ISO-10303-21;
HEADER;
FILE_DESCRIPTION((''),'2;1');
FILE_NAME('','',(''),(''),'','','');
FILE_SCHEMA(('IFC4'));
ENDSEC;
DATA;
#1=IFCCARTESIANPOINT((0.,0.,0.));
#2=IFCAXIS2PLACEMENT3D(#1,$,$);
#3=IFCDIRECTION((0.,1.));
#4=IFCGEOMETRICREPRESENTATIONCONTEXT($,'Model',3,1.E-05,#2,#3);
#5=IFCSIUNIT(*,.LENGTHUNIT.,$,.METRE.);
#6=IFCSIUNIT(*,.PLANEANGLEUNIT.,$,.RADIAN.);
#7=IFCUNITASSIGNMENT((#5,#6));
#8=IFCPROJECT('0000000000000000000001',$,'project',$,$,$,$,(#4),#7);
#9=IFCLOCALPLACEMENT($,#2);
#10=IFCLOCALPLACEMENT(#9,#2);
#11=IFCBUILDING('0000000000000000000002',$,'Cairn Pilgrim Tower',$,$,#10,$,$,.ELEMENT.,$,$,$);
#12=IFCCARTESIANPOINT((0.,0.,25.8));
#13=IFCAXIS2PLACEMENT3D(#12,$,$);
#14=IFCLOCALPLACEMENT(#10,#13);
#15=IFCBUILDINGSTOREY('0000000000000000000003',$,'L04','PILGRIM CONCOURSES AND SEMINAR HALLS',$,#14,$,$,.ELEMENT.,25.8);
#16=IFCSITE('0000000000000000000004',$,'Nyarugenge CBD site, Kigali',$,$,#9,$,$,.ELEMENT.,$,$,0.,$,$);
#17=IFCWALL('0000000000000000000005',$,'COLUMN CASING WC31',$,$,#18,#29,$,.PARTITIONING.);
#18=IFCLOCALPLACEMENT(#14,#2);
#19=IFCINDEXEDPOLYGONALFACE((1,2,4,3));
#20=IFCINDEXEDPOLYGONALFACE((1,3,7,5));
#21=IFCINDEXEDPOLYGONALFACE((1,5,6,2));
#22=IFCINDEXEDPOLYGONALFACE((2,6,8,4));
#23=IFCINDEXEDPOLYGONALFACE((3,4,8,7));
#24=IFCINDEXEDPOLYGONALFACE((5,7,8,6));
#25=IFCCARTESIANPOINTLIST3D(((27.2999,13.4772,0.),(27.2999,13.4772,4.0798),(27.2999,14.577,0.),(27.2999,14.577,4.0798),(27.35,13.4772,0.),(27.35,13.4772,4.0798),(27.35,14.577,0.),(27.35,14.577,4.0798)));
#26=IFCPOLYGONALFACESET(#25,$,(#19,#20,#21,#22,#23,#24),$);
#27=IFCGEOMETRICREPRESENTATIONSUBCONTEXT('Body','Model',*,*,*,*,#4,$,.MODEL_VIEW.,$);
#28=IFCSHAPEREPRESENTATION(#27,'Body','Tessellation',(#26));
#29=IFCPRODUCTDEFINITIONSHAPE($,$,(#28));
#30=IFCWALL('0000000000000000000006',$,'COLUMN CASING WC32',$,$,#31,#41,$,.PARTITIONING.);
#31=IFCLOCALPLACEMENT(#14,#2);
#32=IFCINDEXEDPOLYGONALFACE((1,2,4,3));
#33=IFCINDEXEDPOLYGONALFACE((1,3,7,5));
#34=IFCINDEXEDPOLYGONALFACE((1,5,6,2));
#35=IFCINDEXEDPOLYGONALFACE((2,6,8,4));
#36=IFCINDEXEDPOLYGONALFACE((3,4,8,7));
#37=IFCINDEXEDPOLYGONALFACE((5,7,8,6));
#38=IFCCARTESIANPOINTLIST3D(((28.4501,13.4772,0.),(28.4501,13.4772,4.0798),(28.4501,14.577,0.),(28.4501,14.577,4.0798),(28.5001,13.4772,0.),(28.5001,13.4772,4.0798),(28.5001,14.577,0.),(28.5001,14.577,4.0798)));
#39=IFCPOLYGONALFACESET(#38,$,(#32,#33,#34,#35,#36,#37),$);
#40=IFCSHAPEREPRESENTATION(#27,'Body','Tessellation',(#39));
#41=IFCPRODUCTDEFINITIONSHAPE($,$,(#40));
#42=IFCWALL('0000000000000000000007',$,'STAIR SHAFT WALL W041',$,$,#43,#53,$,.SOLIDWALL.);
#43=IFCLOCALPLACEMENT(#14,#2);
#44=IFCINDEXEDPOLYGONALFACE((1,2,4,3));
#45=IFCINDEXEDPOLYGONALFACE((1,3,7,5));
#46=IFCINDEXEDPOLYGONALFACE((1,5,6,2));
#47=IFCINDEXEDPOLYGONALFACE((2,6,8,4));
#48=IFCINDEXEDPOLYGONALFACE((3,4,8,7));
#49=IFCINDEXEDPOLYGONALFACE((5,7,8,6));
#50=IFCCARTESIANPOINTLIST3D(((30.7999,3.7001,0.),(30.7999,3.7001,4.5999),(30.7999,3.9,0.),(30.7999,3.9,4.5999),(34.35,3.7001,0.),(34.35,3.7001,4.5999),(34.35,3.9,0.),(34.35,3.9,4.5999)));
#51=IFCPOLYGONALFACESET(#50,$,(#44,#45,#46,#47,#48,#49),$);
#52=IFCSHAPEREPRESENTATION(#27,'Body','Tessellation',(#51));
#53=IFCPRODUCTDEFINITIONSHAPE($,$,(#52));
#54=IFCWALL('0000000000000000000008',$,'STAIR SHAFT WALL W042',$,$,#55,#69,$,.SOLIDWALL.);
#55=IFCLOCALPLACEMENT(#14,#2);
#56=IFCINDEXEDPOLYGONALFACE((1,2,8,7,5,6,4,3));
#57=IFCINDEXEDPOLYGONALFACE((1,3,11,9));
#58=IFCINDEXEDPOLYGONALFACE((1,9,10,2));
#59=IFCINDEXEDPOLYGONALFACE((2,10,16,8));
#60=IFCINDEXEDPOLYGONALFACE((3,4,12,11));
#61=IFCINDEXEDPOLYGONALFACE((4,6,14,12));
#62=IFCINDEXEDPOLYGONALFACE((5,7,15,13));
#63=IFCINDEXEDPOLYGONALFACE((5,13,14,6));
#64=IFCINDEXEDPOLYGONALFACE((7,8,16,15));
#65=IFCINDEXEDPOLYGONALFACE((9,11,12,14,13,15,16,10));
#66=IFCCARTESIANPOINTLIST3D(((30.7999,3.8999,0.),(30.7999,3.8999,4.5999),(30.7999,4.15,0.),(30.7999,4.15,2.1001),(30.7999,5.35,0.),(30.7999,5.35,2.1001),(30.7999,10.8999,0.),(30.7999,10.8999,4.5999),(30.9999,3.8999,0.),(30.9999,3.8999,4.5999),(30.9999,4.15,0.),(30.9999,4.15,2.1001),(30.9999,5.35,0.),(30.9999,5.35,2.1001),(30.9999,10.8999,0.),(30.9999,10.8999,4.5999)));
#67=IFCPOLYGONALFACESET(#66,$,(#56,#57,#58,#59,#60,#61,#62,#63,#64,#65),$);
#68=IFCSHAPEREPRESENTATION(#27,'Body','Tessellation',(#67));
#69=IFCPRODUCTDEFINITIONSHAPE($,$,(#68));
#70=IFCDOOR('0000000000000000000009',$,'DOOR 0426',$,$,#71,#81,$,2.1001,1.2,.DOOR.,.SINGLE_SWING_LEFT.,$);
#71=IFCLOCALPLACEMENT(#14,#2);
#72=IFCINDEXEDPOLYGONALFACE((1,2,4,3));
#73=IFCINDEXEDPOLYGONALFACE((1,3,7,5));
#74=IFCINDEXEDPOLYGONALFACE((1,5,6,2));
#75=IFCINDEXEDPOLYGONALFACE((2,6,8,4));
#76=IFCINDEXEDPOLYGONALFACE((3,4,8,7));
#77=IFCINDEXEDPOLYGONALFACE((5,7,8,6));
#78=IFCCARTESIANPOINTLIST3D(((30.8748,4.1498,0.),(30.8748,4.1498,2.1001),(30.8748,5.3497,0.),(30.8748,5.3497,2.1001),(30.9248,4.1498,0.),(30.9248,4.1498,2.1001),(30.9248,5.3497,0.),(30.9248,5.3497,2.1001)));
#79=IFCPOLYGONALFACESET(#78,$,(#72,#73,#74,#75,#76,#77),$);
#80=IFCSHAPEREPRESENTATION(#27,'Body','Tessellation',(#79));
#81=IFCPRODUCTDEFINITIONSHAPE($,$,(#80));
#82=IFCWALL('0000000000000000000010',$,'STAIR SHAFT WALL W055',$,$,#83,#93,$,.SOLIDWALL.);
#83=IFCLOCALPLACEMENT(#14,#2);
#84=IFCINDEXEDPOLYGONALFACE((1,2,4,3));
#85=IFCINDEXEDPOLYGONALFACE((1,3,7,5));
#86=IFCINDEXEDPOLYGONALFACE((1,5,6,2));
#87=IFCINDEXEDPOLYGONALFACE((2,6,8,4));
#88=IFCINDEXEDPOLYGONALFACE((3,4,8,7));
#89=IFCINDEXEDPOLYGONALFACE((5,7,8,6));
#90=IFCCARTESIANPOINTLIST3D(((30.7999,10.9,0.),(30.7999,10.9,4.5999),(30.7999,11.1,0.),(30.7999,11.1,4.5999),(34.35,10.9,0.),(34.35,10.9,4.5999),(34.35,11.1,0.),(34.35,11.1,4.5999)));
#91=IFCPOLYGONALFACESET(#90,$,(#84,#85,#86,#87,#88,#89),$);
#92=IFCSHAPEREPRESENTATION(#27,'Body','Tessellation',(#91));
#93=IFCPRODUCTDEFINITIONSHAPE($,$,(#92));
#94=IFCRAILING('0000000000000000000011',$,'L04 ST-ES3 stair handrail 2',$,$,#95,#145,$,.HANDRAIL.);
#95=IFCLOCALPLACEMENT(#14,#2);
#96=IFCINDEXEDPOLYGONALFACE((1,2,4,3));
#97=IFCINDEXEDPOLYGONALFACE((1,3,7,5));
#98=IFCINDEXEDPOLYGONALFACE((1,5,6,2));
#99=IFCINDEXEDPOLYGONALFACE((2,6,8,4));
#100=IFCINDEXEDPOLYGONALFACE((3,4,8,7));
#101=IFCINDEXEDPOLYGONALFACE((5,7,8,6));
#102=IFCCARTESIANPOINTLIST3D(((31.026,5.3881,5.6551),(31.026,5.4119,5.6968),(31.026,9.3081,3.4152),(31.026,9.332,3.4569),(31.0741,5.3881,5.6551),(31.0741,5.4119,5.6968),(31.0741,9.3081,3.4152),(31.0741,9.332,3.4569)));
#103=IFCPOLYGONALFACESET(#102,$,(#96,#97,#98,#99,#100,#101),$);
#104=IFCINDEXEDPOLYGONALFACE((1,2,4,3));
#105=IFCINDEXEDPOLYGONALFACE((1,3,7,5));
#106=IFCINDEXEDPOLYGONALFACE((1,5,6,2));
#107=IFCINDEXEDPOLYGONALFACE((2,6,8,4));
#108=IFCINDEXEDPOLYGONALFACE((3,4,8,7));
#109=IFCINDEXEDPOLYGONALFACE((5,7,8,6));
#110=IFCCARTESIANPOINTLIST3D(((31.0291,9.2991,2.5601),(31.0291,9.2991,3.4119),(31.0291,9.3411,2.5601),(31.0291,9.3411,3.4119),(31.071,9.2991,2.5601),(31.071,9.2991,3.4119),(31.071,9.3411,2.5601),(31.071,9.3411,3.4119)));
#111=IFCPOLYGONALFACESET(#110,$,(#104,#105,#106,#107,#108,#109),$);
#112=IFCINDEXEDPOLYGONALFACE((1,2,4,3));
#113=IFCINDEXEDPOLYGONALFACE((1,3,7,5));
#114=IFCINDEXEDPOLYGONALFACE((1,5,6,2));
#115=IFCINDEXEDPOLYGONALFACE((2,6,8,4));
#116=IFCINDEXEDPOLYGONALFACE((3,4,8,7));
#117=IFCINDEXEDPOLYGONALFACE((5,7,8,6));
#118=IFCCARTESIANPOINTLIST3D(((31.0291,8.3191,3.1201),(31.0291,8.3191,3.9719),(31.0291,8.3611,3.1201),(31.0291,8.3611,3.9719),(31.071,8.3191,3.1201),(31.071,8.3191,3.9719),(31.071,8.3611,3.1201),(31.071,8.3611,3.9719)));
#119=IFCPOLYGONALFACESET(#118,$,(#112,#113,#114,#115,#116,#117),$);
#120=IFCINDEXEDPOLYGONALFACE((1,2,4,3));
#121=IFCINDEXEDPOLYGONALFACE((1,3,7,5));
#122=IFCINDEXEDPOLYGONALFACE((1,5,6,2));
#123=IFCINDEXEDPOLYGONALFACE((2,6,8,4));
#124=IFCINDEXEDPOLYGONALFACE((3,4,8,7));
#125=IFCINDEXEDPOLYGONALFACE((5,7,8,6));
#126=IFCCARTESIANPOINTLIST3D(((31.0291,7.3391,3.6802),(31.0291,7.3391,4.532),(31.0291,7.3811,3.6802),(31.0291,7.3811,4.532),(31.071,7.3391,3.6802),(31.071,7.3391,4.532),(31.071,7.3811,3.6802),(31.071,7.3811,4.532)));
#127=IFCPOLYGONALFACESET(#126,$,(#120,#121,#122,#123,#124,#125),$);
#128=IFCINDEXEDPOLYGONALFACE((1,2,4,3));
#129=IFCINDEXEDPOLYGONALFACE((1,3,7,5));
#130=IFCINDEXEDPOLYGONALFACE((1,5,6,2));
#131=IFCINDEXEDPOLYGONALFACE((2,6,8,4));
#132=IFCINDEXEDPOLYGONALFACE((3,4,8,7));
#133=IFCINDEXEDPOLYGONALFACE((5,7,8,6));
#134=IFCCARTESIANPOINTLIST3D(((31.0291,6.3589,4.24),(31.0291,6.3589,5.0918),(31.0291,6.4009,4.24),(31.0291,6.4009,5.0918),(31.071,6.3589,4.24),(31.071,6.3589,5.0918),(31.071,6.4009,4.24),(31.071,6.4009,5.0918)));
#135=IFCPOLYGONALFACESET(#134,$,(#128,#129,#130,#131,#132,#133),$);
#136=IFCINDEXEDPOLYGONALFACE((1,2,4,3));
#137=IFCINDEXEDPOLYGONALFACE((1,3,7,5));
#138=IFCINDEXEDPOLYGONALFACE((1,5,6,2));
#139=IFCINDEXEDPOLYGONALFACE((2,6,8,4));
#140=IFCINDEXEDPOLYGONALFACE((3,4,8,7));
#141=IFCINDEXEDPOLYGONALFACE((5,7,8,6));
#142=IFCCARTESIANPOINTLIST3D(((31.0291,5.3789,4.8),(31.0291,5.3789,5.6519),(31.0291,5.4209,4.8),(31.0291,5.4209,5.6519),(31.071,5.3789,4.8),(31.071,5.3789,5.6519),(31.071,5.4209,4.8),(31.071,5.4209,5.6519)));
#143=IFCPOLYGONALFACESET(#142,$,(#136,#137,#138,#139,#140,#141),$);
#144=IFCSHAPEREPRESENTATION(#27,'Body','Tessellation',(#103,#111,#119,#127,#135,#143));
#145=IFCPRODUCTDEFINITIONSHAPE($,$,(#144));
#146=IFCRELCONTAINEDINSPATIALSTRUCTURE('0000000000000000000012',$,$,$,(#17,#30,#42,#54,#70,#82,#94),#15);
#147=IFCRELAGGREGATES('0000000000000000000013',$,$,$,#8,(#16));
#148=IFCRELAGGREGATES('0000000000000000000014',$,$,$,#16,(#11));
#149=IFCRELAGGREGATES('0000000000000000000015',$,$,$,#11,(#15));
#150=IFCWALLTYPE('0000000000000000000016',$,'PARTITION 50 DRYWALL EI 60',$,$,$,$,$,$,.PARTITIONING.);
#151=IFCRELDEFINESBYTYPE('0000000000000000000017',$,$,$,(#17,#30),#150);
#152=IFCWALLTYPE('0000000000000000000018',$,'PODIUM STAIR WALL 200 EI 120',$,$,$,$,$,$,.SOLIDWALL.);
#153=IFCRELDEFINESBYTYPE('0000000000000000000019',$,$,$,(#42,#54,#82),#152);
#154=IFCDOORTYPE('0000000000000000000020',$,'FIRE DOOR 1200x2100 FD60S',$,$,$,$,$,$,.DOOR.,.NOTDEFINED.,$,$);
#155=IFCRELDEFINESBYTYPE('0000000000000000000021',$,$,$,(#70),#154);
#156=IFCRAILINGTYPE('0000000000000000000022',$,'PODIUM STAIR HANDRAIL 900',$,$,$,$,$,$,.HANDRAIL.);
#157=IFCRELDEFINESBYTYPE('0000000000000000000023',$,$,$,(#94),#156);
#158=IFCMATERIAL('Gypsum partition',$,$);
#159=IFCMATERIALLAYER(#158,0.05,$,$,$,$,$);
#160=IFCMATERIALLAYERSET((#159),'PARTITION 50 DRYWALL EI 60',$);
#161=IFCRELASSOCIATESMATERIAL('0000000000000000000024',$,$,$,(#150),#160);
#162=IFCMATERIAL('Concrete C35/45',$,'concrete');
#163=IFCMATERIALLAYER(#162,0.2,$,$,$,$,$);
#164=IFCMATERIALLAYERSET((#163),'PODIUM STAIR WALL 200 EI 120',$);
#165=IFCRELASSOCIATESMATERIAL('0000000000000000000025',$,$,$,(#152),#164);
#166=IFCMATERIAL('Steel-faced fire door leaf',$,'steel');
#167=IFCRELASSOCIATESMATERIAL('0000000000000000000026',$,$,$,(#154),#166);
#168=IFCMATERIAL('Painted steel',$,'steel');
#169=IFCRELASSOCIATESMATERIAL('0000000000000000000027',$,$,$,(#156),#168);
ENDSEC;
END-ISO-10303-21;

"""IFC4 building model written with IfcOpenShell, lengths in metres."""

from ifc_helpers import new_model, si_unit, direction, frame, frame_2d, origin, origin_2d, place, context, subcontext, project, spatial, rectangle, extrude, material, layer, layer_set, type_object, element, fill, save


model = new_model("IFC4")

# Units and contexts
model_context = context("Model", 3, precision=1e-05, world=origin(), true_north=direction((0.0, 1.0)))
body_context = subcontext(model_context, "Body", "Model", "MODEL_VIEW")
ifc_project = project(units=[si_unit("LENGTHUNIT", "METRE"), si_unit("PLANEANGLEUNIT", "RADIAN")], contexts=[model_context])

# Site, building, storey
site_placement = place(None, origin())
site = spatial("IfcSite", under=ifc_project, at=site_placement, Name="Nyarugenge CBD site, Kigali", CompositionType="ELEMENT", RefElevation=0.0)
building_placement = place(site_placement, origin())
building = spatial("IfcBuilding", under=site, at=building_placement, Name="Cairn Pilgrim Tower", CompositionType="ELEMENT")
storey_placement = place(building_placement, frame((0.0, 0.0, 25.8)))
storey = spatial("IfcBuildingStorey", under=building, at=storey_placement, Name="L04", Description="PILGRIM CONCOURSES AND SEMINAR HALLS", CompositionType="ELEMENT", Elevation=25.8)

# Walls
ifc_material_1 = material(Name="Gypsum partition")
ifc_layer_1 = layer(ifc_material_1, 0.05)
ifc_layer_set_1 = layer_set([ifc_layer_1], Name="PARTITION 50 DRYWALL EI 60")
wall_type_1 = type_object("IfcWallType", Name="PARTITION 50 DRYWALL EI 60", PredefinedType="PARTITIONING", material=ifc_layer_set_1)
for number, where, z_axis, x_axis, name in (
    (1, (27.325, 13.4773, 0.0), (0.0, 0.0, 1.0), (0.0, 1.0, 0.0), "COLUMN CASING WC31"),
    (2, (28.4751, 13.4773, 0.0), (0.0, 0.0, 1.0), (0.0, 1.0, 0.0), "COLUMN CASING WC32"),
):
    element("IfcWall", number, at=place(storey_placement, frame(where, z_axis=z_axis, x_axis=x_axis)), inside=storey, type_object=wall_type_1, Name=name, PredefinedType="PARTITIONING", context=body_context, shape_type="SweptSolid", body=[
        extrude(rectangle(XDim=1.0999, YDim=0.05, at=frame_2d((0.5498, 0.0))), origin(), (0.0, 0.0, 1.0), 4.0798),
    ])
ifc_material_2 = material(Name="Concrete C35/45", Category="concrete")
ifc_layer_2 = layer(ifc_material_2, 0.2)
ifc_layer_set_2 = layer_set([ifc_layer_2], Name="PODIUM STAIR WALL 200 EI 120")
wall_type_2 = type_object("IfcWallType", Name="PODIUM STAIR WALL 200 EI 120", PredefinedType="SOLIDWALL", material=ifc_layer_set_2)
wall_1_placement = place(storey_placement, frame((30.8, 3.8, 0.0), z_axis=(0.0, 0.0, 1.0), x_axis=(1.0, 0.0, 0.0)))
element("IfcWall", 3, at=wall_1_placement, inside=storey, type_object=wall_type_2, Name="STAIR SHAFT WALL W041", PredefinedType="SOLIDWALL", context=body_context, shape_type="SweptSolid", body=[
    extrude(rectangle(XDim=3.55, YDim=0.2, at=frame_2d((1.7749, 0.0))), origin(), (0.0, 0.0, 1.0), 4.5999),
])

# Wall, opening, door
wall_2_placement = place(storey_placement, frame((30.8999, 3.8999, 0.0), z_axis=(0.0, 0.0, 1.0), x_axis=(0.0, 1.0, 0.0)))
wall_2 = element("IfcWall", 4, at=wall_2_placement, inside=storey, type_object=wall_type_2, Name="STAIR SHAFT WALL W042", PredefinedType="SOLIDWALL", context=body_context, shape_type="SweptSolid", body=[
    extrude(rectangle(XDim=7.0, YDim=0.2, at=frame_2d((3.5, 0.0))), origin(), (0.0, 0.0, 1.0), 4.5999),
])
opening_placement = place(wall_2_placement, frame((0.25, 0.0, 0.0)))
opening = element("IfcOpeningElement", 5, at=opening_placement, cuts=wall_2, PredefinedType="OPENING", context=body_context, shape_type="SweptSolid", body=[
    extrude(rectangle(XDim=1.2, YDim=2.1001, at=frame_2d((0.6001, 1.05))), frame((0.0, 0.1099, 0.0), z_axis=(0.0, -1.0, 0.0), x_axis=(1.0, 0.0, 0.0)), (0.0, 0.0, 1.0), 0.22),
])
ifc_material_3 = material(Name="Steel-faced fire door leaf", Category="steel")
door_type = type_object("IfcDoorType", Name="FIRE DOOR 1200x2100 FD60S", OperationType="NOTDEFINED", PredefinedType="DOOR", material=ifc_material_3)
door_placement = place(opening_placement, frame((1.2, 0.0, 0.0), z_axis=(0.0, 0.0, 1.0), x_axis=(-1.0, 0.0, 0.0)))
door = element("IfcDoor", 6, at=door_placement, inside=storey, type_object=door_type, Name="DOOR 0426", OperationType="SINGLE_SWING_LEFT", OverallHeight=2.1001, OverallWidth=1.2, PredefinedType="DOOR", context=body_context, shape_type="SweptSolid", body=[
    extrude(rectangle(XDim=1.2, YDim=2.1001, at=frame_2d((0.6001, 1.05))), frame((0.0, 0.0249, 0.0), z_axis=(0.0, -1.0, 0.0), x_axis=(1.0, 0.0, 0.0)), (0.0, 0.0, 1.0), 0.05),
])
fill(opening, door)

# Wall
wall_3_placement = place(storey_placement, frame((30.8, 11.0, 0.0), z_axis=(0.0, 0.0, 1.0), x_axis=(1.0, 0.0, 0.0)))
element("IfcWall", 7, at=wall_3_placement, inside=storey, type_object=wall_type_2, Name="STAIR SHAFT WALL W055", PredefinedType="SOLIDWALL", context=body_context, shape_type="SweptSolid", body=[
    extrude(rectangle(XDim=3.55, YDim=0.2, at=frame_2d((1.7749, 0.0))), origin(), (0.0, 0.0, 1.0), 4.5999),
])

# Railing
ifc_material_4 = material(Name="Painted steel", Category="steel")
railing_type = type_object("IfcRailingType", Name="PODIUM STAIR HANDRAIL 900", PredefinedType="HANDRAIL", material=ifc_material_4)
railing_placement = place(storey_placement, frame((31.05, 9.3201, 2.5601)))
element("IfcRailing", 8, at=railing_placement, inside=storey, type_object=railing_type, Name="L04 ST-ES3 stair handrail 2", PredefinedType="HANDRAIL", context=body_context, shape_type="SweptSolid", body=[
    extrude(rectangle(XDim=0.0481, YDim=0.0481, at=origin_2d()), frame((0.0, 0.0, 0.876), z_axis=(0.0, -0.868253, 0.496121), x_axis=(1.0, 0.0, 0.0)), (0.0, 0.0, 1.0), 4.5149),
    extrude(rectangle(XDim=0.042, YDim=0.042, at=origin_2d()), origin(), (0.0, 0.0, 1.0), 0.8518),
    extrude(rectangle(XDim=0.042, YDim=0.042, at=origin_2d()), frame((0.0, -0.98, 0.5601)), (0.0, 0.0, 1.0), 0.8518),
    extrude(rectangle(XDim=0.042, YDim=0.042, at=origin_2d()), frame((0.0, -1.96, 1.1201)), (0.0, 0.0, 1.0), 0.8518),
    extrude(rectangle(XDim=0.042, YDim=0.042, at=origin_2d()), frame((0.0, -2.9402, 1.6799)), (0.0, 0.0, 1.0), 0.8518),
    extrude(rectangle(XDim=0.042, YDim=0.042, at=origin_2d()), frame((0.0, -3.9202, 2.24)), (0.0, 0.0, 1.0), 0.8518),
])

save(model, "model.ifc")
